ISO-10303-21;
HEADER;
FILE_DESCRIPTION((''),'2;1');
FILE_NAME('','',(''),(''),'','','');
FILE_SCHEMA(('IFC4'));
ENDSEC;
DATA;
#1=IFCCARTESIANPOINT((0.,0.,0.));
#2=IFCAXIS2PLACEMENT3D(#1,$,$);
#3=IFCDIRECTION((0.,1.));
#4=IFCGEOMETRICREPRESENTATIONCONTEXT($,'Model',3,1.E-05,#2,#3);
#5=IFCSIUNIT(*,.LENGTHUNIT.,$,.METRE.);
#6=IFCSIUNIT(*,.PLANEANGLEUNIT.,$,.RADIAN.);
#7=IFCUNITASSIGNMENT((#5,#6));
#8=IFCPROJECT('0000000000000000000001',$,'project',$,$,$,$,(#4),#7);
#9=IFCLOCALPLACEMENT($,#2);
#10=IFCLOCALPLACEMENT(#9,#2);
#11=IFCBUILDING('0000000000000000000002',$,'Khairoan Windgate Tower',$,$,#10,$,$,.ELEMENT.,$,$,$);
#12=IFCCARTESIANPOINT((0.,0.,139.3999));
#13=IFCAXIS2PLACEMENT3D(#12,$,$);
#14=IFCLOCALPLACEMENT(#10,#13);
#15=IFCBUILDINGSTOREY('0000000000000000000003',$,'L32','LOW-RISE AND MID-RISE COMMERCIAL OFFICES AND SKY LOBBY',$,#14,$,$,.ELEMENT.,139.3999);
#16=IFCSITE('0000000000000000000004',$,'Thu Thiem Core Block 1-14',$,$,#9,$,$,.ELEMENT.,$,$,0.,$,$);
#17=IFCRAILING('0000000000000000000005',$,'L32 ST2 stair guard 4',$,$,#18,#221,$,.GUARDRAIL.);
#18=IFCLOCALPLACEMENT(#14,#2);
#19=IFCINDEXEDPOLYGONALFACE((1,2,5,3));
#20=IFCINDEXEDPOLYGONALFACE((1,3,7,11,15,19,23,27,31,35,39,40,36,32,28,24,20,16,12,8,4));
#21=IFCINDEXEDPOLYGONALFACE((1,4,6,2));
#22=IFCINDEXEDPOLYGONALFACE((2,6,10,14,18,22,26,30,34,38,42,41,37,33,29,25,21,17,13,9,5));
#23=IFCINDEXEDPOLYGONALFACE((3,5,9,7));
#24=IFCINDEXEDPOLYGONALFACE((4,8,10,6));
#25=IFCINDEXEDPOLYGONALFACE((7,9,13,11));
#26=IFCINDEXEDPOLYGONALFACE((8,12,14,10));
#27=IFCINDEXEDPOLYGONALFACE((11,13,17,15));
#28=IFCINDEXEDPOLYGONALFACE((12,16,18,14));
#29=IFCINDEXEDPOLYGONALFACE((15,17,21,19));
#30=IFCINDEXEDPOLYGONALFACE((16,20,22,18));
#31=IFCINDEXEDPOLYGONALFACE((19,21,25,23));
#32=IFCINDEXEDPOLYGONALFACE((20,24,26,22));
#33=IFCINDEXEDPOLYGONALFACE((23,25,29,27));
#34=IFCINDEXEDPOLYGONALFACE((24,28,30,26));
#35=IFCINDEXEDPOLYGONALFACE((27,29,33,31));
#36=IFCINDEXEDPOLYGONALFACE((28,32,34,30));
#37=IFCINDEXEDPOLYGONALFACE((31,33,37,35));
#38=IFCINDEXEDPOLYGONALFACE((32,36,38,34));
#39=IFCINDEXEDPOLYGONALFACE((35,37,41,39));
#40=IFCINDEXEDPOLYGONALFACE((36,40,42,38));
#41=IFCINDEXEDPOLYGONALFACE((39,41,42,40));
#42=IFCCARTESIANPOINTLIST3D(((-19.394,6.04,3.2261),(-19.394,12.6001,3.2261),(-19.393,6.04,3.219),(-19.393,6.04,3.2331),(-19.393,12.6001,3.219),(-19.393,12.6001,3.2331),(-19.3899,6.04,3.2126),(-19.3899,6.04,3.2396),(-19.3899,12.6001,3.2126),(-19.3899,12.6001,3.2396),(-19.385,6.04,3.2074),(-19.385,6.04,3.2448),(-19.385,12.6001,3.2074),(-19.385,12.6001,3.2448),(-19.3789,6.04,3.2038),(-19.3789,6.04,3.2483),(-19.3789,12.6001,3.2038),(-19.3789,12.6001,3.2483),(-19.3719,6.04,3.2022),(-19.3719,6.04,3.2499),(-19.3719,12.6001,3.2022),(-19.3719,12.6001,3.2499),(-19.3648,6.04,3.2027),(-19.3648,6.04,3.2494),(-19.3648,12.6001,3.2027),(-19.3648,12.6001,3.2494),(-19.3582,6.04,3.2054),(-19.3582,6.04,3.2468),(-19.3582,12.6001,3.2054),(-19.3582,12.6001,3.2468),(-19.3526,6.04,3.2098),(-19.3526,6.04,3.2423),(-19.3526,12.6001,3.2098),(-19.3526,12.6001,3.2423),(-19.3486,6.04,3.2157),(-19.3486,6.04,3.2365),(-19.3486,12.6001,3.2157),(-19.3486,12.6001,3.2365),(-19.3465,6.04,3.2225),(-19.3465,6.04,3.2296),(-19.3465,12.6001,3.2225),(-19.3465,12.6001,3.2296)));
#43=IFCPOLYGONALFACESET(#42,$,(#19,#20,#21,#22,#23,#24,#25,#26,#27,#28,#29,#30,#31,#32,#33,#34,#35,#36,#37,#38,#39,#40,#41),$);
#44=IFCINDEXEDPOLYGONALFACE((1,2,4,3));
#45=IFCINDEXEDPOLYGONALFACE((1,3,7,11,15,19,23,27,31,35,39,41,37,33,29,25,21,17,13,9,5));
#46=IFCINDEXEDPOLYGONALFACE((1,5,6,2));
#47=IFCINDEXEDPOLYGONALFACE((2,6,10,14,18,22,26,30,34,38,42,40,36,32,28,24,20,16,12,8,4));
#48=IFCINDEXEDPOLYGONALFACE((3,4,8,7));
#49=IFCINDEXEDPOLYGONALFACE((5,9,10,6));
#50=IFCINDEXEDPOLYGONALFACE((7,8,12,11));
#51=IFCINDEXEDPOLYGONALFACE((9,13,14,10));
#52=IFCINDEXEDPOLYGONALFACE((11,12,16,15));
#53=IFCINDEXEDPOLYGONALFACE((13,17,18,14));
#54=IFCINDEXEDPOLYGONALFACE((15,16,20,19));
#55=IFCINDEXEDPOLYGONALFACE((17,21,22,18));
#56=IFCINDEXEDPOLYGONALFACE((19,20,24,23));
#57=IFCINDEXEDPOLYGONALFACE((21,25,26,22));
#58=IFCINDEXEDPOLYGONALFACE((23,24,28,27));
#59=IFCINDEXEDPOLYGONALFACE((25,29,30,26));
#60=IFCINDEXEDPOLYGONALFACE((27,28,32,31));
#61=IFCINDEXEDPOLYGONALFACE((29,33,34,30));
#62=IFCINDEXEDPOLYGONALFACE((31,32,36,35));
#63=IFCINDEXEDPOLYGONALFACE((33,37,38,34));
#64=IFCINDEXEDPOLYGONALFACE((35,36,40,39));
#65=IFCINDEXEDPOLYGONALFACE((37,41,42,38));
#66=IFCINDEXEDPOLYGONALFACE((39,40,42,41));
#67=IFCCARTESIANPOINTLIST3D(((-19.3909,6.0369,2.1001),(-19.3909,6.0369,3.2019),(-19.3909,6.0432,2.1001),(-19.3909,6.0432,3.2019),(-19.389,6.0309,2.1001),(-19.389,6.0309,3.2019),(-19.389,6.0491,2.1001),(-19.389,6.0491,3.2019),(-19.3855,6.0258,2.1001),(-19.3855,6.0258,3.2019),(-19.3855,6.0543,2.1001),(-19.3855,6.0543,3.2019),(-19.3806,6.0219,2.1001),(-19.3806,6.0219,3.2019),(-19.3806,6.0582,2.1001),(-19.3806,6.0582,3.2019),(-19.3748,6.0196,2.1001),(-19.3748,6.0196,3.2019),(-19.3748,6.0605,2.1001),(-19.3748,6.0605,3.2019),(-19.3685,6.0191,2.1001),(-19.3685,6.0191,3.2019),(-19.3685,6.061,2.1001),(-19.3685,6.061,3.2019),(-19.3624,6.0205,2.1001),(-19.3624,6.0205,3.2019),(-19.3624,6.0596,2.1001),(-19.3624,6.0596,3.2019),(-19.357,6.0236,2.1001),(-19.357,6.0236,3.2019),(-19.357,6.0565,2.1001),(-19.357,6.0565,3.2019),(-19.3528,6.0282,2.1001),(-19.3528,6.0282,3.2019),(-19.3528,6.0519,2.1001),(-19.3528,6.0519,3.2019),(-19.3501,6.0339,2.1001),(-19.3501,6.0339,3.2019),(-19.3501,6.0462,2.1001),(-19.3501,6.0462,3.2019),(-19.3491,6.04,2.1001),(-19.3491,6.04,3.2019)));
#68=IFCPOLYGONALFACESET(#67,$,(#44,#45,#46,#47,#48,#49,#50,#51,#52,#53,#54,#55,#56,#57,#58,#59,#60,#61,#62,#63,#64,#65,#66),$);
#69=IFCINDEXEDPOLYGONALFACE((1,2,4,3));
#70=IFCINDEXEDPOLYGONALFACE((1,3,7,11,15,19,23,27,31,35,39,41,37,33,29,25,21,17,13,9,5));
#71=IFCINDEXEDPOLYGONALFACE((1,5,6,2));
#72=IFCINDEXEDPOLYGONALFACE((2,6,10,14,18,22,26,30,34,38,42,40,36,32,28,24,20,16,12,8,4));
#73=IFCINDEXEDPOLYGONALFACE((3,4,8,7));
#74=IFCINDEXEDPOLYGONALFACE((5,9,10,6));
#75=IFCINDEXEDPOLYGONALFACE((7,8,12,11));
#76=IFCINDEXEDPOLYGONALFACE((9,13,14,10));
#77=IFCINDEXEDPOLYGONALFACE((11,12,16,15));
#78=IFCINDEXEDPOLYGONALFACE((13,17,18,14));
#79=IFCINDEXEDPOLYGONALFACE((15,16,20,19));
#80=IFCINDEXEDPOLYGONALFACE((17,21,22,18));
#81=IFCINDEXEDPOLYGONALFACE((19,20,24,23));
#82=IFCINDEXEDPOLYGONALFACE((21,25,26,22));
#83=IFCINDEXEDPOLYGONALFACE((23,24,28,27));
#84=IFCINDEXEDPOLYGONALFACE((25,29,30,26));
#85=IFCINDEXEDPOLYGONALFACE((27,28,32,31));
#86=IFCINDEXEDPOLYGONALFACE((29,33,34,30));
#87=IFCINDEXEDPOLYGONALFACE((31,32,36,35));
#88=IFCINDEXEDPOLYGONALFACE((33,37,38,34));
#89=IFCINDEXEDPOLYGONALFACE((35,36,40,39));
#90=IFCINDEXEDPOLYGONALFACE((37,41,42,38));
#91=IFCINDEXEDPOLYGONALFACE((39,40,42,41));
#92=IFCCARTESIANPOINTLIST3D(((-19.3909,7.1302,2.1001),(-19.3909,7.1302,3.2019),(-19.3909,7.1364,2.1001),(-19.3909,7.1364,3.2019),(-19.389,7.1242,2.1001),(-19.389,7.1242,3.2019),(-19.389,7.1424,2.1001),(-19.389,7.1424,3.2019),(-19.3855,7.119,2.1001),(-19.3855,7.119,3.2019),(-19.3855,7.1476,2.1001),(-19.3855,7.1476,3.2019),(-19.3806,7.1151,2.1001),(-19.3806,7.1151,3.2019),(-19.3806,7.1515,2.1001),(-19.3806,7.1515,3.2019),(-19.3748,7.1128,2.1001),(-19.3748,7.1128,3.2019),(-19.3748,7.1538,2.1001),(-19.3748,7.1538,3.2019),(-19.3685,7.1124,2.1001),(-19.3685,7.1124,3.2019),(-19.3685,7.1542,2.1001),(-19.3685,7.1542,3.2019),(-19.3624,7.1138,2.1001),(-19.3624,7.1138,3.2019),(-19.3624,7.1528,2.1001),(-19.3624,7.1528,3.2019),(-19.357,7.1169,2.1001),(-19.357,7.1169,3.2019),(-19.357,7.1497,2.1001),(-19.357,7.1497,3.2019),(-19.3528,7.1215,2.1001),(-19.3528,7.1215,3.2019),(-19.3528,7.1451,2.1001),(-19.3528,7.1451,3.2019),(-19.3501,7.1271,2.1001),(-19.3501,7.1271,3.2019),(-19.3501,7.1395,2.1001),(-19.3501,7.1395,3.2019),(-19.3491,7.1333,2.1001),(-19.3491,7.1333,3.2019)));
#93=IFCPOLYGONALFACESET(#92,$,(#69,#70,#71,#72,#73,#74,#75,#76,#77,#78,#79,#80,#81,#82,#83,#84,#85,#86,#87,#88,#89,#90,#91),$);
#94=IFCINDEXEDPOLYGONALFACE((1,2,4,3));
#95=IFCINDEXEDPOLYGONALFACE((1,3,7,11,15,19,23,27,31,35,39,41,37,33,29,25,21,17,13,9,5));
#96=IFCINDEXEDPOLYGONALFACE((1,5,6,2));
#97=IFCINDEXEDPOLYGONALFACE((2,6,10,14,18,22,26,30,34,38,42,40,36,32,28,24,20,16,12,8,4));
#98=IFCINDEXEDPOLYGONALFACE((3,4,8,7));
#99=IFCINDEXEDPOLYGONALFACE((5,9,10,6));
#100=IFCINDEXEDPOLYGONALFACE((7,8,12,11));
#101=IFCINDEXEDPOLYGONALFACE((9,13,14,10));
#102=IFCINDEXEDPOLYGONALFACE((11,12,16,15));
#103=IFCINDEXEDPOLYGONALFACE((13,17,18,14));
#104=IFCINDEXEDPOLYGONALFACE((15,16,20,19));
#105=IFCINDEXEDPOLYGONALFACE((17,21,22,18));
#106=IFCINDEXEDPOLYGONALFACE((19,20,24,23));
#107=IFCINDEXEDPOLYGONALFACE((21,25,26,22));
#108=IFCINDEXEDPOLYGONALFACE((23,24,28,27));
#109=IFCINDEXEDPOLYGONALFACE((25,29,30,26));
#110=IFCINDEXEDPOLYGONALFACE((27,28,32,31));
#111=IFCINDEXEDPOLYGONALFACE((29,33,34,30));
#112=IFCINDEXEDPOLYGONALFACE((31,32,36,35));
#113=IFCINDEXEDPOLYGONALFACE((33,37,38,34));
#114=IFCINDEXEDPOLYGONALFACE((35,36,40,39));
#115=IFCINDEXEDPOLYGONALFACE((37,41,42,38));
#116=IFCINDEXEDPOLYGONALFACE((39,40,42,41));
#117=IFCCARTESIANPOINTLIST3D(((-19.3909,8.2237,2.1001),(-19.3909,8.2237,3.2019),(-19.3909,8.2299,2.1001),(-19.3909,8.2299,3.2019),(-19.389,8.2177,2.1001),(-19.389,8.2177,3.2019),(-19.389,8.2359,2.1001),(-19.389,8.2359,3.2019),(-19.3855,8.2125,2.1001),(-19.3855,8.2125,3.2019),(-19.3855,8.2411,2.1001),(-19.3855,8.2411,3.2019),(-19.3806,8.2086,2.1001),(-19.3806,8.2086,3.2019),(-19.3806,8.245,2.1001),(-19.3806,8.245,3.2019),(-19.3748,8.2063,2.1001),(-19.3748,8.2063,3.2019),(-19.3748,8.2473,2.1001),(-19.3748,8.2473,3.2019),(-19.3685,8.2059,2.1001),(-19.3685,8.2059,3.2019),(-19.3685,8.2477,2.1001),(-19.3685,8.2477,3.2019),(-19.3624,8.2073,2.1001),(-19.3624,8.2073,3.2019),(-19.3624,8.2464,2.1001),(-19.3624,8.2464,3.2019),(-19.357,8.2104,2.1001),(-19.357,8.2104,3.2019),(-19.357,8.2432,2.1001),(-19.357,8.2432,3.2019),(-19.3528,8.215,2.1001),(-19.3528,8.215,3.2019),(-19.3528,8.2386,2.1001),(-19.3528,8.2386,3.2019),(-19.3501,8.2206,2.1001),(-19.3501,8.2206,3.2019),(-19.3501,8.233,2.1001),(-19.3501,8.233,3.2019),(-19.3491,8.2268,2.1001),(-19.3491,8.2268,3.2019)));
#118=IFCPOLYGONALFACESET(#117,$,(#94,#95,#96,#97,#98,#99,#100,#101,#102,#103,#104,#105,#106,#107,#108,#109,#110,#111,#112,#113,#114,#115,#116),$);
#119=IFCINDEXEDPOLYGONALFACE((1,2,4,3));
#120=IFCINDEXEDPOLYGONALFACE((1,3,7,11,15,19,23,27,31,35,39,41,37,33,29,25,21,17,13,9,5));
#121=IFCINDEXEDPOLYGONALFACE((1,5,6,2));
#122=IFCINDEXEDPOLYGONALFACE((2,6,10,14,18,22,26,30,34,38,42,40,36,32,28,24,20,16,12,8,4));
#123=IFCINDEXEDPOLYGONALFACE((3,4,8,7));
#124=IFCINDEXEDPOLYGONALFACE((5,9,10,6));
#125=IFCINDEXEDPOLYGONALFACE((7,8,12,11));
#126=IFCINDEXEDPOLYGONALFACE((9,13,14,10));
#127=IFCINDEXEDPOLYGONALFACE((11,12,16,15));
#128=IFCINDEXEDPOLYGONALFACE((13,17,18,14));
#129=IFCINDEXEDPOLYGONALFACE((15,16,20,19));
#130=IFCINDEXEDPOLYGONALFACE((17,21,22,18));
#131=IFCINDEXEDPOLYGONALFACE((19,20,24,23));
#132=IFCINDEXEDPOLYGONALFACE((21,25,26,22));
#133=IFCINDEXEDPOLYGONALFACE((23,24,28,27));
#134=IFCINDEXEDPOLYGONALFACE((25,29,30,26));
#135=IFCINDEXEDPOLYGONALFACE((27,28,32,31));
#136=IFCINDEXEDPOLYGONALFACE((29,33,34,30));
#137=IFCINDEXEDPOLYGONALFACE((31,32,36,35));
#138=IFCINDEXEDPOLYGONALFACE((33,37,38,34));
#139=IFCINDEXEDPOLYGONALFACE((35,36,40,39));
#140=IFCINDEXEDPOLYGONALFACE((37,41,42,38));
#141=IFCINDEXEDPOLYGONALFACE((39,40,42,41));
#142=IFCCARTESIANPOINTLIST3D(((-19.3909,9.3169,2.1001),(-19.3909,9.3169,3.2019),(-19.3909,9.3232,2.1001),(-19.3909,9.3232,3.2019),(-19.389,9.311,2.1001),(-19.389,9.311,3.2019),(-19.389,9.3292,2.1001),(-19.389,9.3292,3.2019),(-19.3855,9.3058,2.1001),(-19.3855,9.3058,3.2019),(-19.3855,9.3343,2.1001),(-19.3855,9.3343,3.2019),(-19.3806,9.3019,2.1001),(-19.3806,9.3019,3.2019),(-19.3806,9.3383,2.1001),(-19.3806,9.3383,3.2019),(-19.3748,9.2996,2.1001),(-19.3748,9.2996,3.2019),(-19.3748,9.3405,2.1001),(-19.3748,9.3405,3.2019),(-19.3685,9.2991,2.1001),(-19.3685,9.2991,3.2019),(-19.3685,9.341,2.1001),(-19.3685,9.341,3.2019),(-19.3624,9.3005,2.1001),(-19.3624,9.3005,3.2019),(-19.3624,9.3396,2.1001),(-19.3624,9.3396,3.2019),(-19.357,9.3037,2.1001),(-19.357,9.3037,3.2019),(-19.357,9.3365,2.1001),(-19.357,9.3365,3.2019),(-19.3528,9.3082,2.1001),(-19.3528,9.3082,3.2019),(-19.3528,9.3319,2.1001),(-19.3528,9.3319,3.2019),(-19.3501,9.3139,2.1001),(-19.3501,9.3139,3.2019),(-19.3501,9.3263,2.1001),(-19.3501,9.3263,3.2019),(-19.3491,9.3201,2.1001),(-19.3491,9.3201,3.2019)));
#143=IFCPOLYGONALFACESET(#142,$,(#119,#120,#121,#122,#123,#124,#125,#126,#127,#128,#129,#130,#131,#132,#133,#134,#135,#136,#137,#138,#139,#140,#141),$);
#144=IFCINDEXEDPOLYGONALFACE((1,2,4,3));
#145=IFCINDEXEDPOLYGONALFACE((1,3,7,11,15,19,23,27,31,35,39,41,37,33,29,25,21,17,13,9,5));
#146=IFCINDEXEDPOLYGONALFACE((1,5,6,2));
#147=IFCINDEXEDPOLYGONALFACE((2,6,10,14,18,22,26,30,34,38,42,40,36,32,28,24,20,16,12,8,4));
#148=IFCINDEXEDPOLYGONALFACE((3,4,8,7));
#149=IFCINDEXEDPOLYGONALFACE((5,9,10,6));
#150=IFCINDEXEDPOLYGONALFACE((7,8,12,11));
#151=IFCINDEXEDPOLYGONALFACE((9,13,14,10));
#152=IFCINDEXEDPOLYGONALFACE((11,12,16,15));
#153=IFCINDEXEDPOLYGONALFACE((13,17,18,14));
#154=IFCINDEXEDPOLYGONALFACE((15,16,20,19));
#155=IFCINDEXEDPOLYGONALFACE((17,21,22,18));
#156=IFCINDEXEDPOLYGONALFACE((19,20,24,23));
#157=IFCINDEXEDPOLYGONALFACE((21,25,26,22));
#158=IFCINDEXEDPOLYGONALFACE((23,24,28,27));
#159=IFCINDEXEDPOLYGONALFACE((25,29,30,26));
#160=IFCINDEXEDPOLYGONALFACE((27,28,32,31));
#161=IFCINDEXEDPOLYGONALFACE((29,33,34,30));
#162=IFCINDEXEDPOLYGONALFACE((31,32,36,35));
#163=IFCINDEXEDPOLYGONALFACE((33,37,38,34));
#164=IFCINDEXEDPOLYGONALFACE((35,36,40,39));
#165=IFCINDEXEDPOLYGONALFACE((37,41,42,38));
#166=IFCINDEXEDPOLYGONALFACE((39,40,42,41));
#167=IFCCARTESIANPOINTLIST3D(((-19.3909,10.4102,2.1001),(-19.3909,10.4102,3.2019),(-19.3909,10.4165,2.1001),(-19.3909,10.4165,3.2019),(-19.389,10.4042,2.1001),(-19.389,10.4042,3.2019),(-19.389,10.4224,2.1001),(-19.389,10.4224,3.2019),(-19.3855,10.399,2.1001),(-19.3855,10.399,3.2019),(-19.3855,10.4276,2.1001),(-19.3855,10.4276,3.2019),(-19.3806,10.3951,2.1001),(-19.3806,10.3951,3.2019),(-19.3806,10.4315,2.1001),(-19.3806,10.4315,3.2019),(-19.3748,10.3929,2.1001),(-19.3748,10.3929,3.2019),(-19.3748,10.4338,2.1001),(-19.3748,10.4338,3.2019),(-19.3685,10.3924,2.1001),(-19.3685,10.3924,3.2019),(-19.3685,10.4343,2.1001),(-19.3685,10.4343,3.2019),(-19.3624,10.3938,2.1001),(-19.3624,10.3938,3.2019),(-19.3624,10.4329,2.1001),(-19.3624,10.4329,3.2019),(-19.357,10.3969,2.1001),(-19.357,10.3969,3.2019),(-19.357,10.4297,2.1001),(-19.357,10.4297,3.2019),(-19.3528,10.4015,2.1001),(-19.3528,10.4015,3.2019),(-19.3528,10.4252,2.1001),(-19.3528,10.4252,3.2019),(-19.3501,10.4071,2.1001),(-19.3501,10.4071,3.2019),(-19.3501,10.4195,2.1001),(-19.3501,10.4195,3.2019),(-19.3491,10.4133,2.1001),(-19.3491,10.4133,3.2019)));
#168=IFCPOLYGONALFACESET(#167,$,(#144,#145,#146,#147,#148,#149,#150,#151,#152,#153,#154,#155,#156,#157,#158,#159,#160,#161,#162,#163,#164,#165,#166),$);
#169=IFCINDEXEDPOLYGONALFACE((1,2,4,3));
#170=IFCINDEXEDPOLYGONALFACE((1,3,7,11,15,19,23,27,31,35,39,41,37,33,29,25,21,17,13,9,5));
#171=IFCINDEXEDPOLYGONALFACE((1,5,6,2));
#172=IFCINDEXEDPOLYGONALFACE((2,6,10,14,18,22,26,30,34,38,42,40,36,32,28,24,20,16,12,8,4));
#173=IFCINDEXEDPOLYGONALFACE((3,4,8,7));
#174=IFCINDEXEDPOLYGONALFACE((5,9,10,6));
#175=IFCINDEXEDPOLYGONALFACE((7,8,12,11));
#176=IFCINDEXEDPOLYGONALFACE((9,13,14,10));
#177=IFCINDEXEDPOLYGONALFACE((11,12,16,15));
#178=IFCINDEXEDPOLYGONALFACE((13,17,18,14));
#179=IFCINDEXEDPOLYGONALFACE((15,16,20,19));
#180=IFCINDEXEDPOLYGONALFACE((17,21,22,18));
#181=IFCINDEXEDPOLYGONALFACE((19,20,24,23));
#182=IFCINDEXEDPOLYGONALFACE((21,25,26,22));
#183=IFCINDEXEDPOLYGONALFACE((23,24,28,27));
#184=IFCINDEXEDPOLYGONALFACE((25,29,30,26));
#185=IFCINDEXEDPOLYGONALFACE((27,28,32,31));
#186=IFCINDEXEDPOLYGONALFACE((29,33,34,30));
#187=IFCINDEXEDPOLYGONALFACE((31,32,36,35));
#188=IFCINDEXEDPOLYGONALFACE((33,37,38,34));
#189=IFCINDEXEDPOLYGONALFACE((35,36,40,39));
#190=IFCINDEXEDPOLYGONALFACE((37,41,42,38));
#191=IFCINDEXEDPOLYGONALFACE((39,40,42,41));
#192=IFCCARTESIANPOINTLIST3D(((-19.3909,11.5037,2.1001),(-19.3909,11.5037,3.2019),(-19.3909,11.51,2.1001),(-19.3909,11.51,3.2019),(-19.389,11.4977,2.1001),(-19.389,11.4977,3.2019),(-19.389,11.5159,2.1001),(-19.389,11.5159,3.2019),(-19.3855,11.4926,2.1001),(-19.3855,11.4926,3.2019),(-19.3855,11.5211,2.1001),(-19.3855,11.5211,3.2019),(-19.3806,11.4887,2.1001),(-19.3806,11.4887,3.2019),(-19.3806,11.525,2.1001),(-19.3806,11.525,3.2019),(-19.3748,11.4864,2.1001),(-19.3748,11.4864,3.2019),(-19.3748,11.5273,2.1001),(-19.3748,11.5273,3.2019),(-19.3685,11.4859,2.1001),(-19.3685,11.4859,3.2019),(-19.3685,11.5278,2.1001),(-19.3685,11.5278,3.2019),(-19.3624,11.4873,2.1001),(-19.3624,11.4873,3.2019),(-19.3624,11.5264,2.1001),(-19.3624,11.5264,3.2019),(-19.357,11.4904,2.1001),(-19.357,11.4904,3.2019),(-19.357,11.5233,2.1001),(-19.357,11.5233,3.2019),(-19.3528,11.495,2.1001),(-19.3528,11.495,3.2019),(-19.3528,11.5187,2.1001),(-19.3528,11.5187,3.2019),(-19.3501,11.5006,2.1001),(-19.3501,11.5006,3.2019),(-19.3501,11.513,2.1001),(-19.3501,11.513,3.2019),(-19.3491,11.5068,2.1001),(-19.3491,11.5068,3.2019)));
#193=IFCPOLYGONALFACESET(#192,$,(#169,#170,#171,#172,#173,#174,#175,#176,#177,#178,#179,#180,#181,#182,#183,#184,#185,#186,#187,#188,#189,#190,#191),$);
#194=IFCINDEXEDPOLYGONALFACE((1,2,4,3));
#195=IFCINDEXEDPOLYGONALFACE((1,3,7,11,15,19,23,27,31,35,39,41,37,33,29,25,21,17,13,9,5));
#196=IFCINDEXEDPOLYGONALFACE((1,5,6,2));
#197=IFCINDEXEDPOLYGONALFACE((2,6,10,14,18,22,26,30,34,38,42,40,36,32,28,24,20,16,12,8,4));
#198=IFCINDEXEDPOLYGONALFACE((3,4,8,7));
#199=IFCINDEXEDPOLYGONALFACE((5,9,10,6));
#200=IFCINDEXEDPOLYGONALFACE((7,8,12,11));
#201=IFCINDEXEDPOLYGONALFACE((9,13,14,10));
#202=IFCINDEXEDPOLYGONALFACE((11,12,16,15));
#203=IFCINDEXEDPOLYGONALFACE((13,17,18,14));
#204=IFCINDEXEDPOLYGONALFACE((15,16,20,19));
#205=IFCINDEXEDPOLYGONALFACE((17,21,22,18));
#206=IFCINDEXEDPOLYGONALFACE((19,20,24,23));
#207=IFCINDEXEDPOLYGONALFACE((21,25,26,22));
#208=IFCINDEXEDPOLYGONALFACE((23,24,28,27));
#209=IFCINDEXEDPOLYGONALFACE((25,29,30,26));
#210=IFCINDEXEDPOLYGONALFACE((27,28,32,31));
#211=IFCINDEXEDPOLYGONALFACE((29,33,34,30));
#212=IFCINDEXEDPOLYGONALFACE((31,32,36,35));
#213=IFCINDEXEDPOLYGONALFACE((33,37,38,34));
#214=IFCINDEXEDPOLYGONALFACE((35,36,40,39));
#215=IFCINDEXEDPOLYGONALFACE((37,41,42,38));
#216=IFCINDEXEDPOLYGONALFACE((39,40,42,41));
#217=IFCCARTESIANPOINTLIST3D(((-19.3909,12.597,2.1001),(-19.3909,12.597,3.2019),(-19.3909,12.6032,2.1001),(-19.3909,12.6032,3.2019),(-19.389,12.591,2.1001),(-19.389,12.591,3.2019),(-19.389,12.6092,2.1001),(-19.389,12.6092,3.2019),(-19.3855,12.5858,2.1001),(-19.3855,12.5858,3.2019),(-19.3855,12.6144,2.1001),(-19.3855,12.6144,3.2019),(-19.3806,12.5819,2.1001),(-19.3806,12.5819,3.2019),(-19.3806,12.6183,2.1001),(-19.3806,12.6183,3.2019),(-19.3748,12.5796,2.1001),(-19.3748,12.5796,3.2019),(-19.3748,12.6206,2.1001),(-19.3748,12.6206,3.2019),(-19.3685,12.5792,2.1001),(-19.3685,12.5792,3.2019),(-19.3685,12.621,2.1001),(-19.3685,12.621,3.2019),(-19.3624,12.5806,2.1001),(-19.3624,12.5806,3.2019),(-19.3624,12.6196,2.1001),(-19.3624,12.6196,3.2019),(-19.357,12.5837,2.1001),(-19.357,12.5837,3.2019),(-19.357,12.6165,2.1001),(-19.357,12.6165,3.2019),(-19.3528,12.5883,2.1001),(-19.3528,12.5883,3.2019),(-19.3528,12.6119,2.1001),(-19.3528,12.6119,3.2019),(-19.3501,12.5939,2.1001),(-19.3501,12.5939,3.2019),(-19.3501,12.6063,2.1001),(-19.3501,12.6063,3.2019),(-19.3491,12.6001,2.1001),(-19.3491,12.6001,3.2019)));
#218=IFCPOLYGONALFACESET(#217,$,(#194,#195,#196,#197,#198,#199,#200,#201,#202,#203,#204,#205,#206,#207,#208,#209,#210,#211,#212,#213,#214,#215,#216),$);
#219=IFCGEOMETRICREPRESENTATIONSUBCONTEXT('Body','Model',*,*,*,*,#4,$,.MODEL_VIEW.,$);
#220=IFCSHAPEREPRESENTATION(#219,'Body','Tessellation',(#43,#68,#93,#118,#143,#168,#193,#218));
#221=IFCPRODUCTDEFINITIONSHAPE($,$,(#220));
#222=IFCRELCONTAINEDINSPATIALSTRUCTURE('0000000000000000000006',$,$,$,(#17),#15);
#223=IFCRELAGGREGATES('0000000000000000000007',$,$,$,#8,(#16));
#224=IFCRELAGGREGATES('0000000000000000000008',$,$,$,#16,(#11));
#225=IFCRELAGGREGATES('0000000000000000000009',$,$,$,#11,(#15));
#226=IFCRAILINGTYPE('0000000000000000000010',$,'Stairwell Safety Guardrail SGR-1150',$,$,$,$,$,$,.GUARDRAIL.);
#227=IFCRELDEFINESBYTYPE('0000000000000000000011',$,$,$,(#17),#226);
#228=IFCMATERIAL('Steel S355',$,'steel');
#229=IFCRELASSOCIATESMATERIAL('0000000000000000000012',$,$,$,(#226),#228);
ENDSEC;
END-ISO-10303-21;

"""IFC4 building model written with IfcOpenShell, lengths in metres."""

from ifc_helpers import new_model, si_unit, direction, frame, origin, origin_2d, place, context, subcontext, project, spatial, circle, extrude, material, type_object, element, save


model = new_model("IFC4")

# Units and contexts
model_context = context("Model", 3, precision=1e-05, world=origin(), true_north=direction((0.0, 1.0)))
body_context = subcontext(model_context, "Body", "Model", "MODEL_VIEW")
ifc_project = project(units=[si_unit("LENGTHUNIT", "METRE"), si_unit("PLANEANGLEUNIT", "RADIAN")], contexts=[model_context])

# Site, building, storey
site_placement = place(None, origin())
site = spatial("IfcSite", under=ifc_project, at=site_placement, Name="Thu Thiem Core Block 1-14", CompositionType="ELEMENT", RefElevation=0.0)
building_placement = place(site_placement, origin())
building = spatial("IfcBuilding", under=site, at=building_placement, Name="Khairoan Windgate Tower", CompositionType="ELEMENT")
storey_placement = place(building_placement, frame((0.0, 0.0, 139.3999)))
storey = spatial("IfcBuildingStorey", under=building, at=storey_placement, Name="L32", Description="LOW-RISE AND MID-RISE COMMERCIAL OFFICES AND SKY LOBBY", CompositionType="ELEMENT", Elevation=139.3999)

# Railing
ifc_material_1 = material(Name="Steel S355", Category="steel")
railing_type_1 = type_object("IfcRailingType", Name="Stairwell Safety Guardrail SGR-1150", PredefinedType="GUARDRAIL", material=ifc_material_1)
railing_1_placement = place(storey_placement, frame((-19.3701, 6.04, 2.1001)))
element("IfcRailing", 1, at=railing_1_placement, inside=storey, type_object=railing_type_1, Name="L32 ST2 stair guard 4", PredefinedType="GUARDRAIL", context=body_context, shape_type="SweptSolid", body=[
    extrude(circle(Radius=0.0239, at=origin_2d()), frame((0.0, 0.0, 1.126), z_axis=(0.0, 1.0, 0.0), x_axis=(-1.0, 0.0, 0.0)), (0.0, 0.0, 1.0), 6.5601),
    extrude(circle(Radius=0.021, at=origin_2d()), origin(), (0.0, 0.0, 1.0), 1.1018),
    extrude(circle(Radius=0.021, at=origin_2d()), frame((0.0, 1.0933, 0.0)), (0.0, 0.0, 1.0), 1.1018),
    extrude(circle(Radius=0.021, at=origin_2d()), frame((0.0, 2.1868, 0.0)), (0.0, 0.0, 1.0), 1.1018),
    extrude(circle(Radius=0.021, at=origin_2d()), frame((0.0, 3.28, 0.0)), (0.0, 0.0, 1.0), 1.1018),
    extrude(circle(Radius=0.021, at=origin_2d()), frame((0.0, 4.3733, 0.0)), (0.0, 0.0, 1.0), 1.1018),
    extrude(circle(Radius=0.021, at=origin_2d()), frame((0.0, 5.4668, 0.0)), (0.0, 0.0, 1.0), 1.1018),
    extrude(circle(Radius=0.021, at=origin_2d()), frame((0.0, 6.5601, 0.0)), (0.0, 0.0, 1.0), 1.1018),
])

save(model, "model.ifc")
